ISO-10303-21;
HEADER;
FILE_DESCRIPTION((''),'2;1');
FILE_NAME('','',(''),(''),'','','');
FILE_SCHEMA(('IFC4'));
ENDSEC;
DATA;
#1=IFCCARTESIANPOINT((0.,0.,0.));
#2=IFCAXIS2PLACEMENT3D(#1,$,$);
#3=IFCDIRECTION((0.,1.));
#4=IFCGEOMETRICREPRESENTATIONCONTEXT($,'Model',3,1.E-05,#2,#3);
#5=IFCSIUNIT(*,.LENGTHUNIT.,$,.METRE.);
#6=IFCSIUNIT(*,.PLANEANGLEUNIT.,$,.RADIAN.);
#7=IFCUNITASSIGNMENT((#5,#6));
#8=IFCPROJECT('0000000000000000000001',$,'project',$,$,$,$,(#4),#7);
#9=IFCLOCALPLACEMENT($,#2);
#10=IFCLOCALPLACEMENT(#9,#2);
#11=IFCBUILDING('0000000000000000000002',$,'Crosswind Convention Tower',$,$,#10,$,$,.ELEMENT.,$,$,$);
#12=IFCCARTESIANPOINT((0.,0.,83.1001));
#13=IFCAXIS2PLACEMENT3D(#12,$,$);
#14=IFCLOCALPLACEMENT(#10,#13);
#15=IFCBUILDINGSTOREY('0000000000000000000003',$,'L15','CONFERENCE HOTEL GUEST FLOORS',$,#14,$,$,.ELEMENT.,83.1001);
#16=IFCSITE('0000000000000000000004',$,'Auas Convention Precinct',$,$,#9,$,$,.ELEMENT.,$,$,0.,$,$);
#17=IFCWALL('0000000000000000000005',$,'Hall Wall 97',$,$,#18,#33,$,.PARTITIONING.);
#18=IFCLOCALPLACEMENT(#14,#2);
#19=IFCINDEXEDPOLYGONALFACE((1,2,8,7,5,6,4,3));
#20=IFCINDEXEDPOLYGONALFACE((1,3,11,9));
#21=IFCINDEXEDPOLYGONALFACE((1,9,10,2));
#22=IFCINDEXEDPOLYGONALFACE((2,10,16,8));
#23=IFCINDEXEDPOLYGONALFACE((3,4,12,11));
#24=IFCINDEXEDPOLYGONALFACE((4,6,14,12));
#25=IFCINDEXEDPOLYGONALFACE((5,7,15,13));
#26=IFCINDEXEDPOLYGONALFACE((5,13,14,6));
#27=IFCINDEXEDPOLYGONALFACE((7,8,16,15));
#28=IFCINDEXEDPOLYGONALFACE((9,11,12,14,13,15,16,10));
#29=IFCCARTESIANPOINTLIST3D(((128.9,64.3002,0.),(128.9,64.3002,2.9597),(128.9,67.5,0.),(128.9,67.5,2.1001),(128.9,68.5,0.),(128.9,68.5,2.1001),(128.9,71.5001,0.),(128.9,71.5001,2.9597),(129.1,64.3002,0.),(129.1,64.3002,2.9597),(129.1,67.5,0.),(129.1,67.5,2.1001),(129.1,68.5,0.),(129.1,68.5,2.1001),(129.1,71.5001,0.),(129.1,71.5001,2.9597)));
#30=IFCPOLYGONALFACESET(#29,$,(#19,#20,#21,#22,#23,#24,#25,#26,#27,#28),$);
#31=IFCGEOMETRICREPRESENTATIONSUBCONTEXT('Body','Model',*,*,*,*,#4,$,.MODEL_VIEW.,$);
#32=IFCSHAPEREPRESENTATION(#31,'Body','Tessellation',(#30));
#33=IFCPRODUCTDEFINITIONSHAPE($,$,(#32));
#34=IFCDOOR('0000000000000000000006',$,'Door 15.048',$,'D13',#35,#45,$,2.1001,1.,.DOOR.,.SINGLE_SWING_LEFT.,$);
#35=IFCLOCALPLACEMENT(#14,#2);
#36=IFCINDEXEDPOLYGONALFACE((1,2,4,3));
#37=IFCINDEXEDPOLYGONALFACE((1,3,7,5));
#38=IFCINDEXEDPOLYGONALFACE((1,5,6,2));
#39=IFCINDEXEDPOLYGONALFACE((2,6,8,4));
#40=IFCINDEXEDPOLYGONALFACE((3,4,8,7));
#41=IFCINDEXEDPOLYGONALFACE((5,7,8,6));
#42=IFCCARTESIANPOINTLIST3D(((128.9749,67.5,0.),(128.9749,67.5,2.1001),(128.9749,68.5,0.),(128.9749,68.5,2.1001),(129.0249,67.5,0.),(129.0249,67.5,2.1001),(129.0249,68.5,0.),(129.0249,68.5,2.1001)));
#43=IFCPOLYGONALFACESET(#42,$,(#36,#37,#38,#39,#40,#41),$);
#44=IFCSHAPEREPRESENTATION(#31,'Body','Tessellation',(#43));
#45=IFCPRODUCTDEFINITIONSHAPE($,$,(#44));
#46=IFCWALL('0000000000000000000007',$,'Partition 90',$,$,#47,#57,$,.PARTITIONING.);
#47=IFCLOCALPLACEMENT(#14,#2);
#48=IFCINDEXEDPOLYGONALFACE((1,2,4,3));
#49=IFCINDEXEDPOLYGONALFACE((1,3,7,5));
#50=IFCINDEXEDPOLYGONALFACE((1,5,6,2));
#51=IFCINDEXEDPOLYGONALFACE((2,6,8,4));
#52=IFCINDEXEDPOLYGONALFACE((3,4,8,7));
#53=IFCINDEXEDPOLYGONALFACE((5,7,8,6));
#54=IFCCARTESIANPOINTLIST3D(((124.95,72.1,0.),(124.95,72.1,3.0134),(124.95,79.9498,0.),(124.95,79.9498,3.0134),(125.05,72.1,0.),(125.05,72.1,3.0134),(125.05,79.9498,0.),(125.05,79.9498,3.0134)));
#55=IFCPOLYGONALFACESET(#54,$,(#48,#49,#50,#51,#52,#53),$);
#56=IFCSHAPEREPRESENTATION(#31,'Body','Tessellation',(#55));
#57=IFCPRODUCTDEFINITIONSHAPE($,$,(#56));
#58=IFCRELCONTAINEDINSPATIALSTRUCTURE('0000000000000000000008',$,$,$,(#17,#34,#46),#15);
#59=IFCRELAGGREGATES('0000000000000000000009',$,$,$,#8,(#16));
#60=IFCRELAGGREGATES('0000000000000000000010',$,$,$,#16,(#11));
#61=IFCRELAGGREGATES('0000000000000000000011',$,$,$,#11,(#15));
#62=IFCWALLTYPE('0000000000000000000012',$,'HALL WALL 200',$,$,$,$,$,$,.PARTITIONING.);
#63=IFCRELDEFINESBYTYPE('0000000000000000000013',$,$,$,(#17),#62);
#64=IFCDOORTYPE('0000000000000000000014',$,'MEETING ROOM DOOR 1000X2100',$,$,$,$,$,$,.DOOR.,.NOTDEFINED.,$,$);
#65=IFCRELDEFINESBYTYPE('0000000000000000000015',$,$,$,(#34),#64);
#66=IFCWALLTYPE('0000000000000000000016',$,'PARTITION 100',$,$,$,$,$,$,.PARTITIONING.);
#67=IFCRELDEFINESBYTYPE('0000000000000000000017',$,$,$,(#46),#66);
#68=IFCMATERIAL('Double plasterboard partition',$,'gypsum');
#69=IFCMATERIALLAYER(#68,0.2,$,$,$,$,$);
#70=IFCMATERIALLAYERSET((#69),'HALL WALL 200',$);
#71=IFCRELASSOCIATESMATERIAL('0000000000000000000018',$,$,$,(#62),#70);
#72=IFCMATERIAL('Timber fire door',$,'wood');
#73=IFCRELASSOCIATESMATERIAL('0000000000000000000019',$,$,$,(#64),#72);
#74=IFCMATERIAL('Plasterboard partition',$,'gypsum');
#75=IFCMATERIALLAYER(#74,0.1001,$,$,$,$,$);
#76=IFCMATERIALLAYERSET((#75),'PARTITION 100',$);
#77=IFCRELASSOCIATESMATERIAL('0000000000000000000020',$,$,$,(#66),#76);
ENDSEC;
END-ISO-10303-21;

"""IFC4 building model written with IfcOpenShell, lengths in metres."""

from ifc_helpers import new_model, si_unit, direction, frame, frame_2d, origin, place, context, subcontext, project, spatial, rectangle, extrude, material, layer, layer_set, type_object, element, fill, save


model = new_model("IFC4")

# Units and contexts
model_context = context("Model", 3, precision=1e-05, world=origin(), true_north=direction((0.0, 1.0)))
body_context = subcontext(model_context, "Body", "Model", "MODEL_VIEW")
ifc_project = project(units=[si_unit("LENGTHUNIT", "METRE"), si_unit("PLANEANGLEUNIT", "RADIAN")], contexts=[model_context])

# Site, building, storey
site_placement = place(None, origin())
site = spatial("IfcSite", under=ifc_project, at=site_placement, Name="Auas Convention Precinct", CompositionType="ELEMENT", RefElevation=0.0)
building_placement = place(site_placement, origin())
building = spatial("IfcBuilding", under=site, at=building_placement, Name="Crosswind Convention Tower", CompositionType="ELEMENT")
storey_placement = place(building_placement, frame((0.0, 0.0, 83.1001)))
storey = spatial("IfcBuildingStorey", under=building, at=storey_placement, Name="L15", Description="CONFERENCE HOTEL GUEST FLOORS", CompositionType="ELEMENT", Elevation=83.1001)

# Shared definitions
ifc_material_1 = material(Name="Plasterboard partition", Category="gypsum")
ifc_material_2 = material(Name="Timber fire door", Category="wood")

# Shared definitions
ifc_material_3 = material(Name="Double plasterboard partition", Category="gypsum")
ifc_layer_1 = layer(ifc_material_3, 0.2)
ifc_layer_set_1 = layer_set([ifc_layer_1], Name="HALL WALL 200")
wall_type_1 = type_object("IfcWallType", Name="HALL WALL 200", PredefinedType="PARTITIONING", material=ifc_layer_set_1)

# Wall, opening, door
wall_1_placement = place(storey_placement, frame((129.0, 64.3, 0.0), z_axis=(0.0, 0.0, 1.0), x_axis=(0.0, 1.0, 0.0)))
wall_1 = element("IfcWall", 1, at=wall_1_placement, inside=storey, type_object=wall_type_1, Name="Hall Wall 97", PredefinedType="PARTITIONING", context=body_context, shape_type="SweptSolid", body=[
    extrude(rectangle(XDim=7.2, YDim=0.2, at=frame_2d((3.6001, 0.0))), origin(), (0.0, 0.0, 1.0), 2.9597),
])
opening_1_placement = place(wall_1_placement, frame((3.2, 0.0, 0.0)))
opening_1 = element("IfcOpeningElement", 2, at=opening_1_placement, cuts=wall_1, PredefinedType="OPENING", context=body_context, shape_type="SweptSolid", body=[
    extrude(rectangle(XDim=1.0, YDim=2.1001, at=frame_2d((0.5, 1.05))), frame((0.0, 0.1099, 0.0), z_axis=(0.0, -1.0, 0.0), x_axis=(1.0, 0.0, 0.0)), (0.0, 0.0, 1.0), 0.22),
])
door_type_1 = type_object("IfcDoorType", Name="MEETING ROOM DOOR 1000X2100", OperationType="NOTDEFINED", PredefinedType="DOOR", material=ifc_material_2)
door_1_placement = place(opening_1_placement, frame((1.0, 0.0, 0.0), z_axis=(0.0, 0.0, 1.0), x_axis=(-1.0, 0.0, 0.0)))
door_1 = element("IfcDoor", 3, at=door_1_placement, inside=storey, type_object=door_type_1, Name="Door 15.048", ObjectType="D13", OperationType="SINGLE_SWING_LEFT", OverallHeight=2.1001, OverallWidth=1.0, PredefinedType="DOOR", context=body_context, shape_type="SweptSolid", body=[
    extrude(rectangle(XDim=1.0, YDim=2.1001, at=frame_2d((0.5, 1.05))), frame((0.0, 0.0249, 0.0), z_axis=(0.0, -1.0, 0.0), x_axis=(1.0, 0.0, 0.0)), (0.0, 0.0, 1.0), 0.05),
])
fill(opening_1, door_1)

# Wall
ifc_layer_2 = layer(ifc_material_1, 0.1001)
ifc_layer_set_2 = layer_set([ifc_layer_2], Name="PARTITION 100")
wall_type_2 = type_object("IfcWallType", Name="PARTITION 100", PredefinedType="PARTITIONING", material=ifc_layer_set_2)
wall_2_placement = place(storey_placement, frame((125.0, 72.1001, 0.0), z_axis=(0.0, 0.0, 1.0), x_axis=(0.0, 1.0, 0.0)))
element("IfcWall", 4, at=wall_2_placement, inside=storey, type_object=wall_type_2, Name="Partition 90", PredefinedType="PARTITIONING", context=body_context, shape_type="SweptSolid", body=[
    extrude(rectangle(XDim=7.8499, YDim=0.1001, at=frame_2d((3.9248, 0.0))), origin(), (0.0, 0.0, 1.0), 3.0134),
])

save(model, "model.ifc")
